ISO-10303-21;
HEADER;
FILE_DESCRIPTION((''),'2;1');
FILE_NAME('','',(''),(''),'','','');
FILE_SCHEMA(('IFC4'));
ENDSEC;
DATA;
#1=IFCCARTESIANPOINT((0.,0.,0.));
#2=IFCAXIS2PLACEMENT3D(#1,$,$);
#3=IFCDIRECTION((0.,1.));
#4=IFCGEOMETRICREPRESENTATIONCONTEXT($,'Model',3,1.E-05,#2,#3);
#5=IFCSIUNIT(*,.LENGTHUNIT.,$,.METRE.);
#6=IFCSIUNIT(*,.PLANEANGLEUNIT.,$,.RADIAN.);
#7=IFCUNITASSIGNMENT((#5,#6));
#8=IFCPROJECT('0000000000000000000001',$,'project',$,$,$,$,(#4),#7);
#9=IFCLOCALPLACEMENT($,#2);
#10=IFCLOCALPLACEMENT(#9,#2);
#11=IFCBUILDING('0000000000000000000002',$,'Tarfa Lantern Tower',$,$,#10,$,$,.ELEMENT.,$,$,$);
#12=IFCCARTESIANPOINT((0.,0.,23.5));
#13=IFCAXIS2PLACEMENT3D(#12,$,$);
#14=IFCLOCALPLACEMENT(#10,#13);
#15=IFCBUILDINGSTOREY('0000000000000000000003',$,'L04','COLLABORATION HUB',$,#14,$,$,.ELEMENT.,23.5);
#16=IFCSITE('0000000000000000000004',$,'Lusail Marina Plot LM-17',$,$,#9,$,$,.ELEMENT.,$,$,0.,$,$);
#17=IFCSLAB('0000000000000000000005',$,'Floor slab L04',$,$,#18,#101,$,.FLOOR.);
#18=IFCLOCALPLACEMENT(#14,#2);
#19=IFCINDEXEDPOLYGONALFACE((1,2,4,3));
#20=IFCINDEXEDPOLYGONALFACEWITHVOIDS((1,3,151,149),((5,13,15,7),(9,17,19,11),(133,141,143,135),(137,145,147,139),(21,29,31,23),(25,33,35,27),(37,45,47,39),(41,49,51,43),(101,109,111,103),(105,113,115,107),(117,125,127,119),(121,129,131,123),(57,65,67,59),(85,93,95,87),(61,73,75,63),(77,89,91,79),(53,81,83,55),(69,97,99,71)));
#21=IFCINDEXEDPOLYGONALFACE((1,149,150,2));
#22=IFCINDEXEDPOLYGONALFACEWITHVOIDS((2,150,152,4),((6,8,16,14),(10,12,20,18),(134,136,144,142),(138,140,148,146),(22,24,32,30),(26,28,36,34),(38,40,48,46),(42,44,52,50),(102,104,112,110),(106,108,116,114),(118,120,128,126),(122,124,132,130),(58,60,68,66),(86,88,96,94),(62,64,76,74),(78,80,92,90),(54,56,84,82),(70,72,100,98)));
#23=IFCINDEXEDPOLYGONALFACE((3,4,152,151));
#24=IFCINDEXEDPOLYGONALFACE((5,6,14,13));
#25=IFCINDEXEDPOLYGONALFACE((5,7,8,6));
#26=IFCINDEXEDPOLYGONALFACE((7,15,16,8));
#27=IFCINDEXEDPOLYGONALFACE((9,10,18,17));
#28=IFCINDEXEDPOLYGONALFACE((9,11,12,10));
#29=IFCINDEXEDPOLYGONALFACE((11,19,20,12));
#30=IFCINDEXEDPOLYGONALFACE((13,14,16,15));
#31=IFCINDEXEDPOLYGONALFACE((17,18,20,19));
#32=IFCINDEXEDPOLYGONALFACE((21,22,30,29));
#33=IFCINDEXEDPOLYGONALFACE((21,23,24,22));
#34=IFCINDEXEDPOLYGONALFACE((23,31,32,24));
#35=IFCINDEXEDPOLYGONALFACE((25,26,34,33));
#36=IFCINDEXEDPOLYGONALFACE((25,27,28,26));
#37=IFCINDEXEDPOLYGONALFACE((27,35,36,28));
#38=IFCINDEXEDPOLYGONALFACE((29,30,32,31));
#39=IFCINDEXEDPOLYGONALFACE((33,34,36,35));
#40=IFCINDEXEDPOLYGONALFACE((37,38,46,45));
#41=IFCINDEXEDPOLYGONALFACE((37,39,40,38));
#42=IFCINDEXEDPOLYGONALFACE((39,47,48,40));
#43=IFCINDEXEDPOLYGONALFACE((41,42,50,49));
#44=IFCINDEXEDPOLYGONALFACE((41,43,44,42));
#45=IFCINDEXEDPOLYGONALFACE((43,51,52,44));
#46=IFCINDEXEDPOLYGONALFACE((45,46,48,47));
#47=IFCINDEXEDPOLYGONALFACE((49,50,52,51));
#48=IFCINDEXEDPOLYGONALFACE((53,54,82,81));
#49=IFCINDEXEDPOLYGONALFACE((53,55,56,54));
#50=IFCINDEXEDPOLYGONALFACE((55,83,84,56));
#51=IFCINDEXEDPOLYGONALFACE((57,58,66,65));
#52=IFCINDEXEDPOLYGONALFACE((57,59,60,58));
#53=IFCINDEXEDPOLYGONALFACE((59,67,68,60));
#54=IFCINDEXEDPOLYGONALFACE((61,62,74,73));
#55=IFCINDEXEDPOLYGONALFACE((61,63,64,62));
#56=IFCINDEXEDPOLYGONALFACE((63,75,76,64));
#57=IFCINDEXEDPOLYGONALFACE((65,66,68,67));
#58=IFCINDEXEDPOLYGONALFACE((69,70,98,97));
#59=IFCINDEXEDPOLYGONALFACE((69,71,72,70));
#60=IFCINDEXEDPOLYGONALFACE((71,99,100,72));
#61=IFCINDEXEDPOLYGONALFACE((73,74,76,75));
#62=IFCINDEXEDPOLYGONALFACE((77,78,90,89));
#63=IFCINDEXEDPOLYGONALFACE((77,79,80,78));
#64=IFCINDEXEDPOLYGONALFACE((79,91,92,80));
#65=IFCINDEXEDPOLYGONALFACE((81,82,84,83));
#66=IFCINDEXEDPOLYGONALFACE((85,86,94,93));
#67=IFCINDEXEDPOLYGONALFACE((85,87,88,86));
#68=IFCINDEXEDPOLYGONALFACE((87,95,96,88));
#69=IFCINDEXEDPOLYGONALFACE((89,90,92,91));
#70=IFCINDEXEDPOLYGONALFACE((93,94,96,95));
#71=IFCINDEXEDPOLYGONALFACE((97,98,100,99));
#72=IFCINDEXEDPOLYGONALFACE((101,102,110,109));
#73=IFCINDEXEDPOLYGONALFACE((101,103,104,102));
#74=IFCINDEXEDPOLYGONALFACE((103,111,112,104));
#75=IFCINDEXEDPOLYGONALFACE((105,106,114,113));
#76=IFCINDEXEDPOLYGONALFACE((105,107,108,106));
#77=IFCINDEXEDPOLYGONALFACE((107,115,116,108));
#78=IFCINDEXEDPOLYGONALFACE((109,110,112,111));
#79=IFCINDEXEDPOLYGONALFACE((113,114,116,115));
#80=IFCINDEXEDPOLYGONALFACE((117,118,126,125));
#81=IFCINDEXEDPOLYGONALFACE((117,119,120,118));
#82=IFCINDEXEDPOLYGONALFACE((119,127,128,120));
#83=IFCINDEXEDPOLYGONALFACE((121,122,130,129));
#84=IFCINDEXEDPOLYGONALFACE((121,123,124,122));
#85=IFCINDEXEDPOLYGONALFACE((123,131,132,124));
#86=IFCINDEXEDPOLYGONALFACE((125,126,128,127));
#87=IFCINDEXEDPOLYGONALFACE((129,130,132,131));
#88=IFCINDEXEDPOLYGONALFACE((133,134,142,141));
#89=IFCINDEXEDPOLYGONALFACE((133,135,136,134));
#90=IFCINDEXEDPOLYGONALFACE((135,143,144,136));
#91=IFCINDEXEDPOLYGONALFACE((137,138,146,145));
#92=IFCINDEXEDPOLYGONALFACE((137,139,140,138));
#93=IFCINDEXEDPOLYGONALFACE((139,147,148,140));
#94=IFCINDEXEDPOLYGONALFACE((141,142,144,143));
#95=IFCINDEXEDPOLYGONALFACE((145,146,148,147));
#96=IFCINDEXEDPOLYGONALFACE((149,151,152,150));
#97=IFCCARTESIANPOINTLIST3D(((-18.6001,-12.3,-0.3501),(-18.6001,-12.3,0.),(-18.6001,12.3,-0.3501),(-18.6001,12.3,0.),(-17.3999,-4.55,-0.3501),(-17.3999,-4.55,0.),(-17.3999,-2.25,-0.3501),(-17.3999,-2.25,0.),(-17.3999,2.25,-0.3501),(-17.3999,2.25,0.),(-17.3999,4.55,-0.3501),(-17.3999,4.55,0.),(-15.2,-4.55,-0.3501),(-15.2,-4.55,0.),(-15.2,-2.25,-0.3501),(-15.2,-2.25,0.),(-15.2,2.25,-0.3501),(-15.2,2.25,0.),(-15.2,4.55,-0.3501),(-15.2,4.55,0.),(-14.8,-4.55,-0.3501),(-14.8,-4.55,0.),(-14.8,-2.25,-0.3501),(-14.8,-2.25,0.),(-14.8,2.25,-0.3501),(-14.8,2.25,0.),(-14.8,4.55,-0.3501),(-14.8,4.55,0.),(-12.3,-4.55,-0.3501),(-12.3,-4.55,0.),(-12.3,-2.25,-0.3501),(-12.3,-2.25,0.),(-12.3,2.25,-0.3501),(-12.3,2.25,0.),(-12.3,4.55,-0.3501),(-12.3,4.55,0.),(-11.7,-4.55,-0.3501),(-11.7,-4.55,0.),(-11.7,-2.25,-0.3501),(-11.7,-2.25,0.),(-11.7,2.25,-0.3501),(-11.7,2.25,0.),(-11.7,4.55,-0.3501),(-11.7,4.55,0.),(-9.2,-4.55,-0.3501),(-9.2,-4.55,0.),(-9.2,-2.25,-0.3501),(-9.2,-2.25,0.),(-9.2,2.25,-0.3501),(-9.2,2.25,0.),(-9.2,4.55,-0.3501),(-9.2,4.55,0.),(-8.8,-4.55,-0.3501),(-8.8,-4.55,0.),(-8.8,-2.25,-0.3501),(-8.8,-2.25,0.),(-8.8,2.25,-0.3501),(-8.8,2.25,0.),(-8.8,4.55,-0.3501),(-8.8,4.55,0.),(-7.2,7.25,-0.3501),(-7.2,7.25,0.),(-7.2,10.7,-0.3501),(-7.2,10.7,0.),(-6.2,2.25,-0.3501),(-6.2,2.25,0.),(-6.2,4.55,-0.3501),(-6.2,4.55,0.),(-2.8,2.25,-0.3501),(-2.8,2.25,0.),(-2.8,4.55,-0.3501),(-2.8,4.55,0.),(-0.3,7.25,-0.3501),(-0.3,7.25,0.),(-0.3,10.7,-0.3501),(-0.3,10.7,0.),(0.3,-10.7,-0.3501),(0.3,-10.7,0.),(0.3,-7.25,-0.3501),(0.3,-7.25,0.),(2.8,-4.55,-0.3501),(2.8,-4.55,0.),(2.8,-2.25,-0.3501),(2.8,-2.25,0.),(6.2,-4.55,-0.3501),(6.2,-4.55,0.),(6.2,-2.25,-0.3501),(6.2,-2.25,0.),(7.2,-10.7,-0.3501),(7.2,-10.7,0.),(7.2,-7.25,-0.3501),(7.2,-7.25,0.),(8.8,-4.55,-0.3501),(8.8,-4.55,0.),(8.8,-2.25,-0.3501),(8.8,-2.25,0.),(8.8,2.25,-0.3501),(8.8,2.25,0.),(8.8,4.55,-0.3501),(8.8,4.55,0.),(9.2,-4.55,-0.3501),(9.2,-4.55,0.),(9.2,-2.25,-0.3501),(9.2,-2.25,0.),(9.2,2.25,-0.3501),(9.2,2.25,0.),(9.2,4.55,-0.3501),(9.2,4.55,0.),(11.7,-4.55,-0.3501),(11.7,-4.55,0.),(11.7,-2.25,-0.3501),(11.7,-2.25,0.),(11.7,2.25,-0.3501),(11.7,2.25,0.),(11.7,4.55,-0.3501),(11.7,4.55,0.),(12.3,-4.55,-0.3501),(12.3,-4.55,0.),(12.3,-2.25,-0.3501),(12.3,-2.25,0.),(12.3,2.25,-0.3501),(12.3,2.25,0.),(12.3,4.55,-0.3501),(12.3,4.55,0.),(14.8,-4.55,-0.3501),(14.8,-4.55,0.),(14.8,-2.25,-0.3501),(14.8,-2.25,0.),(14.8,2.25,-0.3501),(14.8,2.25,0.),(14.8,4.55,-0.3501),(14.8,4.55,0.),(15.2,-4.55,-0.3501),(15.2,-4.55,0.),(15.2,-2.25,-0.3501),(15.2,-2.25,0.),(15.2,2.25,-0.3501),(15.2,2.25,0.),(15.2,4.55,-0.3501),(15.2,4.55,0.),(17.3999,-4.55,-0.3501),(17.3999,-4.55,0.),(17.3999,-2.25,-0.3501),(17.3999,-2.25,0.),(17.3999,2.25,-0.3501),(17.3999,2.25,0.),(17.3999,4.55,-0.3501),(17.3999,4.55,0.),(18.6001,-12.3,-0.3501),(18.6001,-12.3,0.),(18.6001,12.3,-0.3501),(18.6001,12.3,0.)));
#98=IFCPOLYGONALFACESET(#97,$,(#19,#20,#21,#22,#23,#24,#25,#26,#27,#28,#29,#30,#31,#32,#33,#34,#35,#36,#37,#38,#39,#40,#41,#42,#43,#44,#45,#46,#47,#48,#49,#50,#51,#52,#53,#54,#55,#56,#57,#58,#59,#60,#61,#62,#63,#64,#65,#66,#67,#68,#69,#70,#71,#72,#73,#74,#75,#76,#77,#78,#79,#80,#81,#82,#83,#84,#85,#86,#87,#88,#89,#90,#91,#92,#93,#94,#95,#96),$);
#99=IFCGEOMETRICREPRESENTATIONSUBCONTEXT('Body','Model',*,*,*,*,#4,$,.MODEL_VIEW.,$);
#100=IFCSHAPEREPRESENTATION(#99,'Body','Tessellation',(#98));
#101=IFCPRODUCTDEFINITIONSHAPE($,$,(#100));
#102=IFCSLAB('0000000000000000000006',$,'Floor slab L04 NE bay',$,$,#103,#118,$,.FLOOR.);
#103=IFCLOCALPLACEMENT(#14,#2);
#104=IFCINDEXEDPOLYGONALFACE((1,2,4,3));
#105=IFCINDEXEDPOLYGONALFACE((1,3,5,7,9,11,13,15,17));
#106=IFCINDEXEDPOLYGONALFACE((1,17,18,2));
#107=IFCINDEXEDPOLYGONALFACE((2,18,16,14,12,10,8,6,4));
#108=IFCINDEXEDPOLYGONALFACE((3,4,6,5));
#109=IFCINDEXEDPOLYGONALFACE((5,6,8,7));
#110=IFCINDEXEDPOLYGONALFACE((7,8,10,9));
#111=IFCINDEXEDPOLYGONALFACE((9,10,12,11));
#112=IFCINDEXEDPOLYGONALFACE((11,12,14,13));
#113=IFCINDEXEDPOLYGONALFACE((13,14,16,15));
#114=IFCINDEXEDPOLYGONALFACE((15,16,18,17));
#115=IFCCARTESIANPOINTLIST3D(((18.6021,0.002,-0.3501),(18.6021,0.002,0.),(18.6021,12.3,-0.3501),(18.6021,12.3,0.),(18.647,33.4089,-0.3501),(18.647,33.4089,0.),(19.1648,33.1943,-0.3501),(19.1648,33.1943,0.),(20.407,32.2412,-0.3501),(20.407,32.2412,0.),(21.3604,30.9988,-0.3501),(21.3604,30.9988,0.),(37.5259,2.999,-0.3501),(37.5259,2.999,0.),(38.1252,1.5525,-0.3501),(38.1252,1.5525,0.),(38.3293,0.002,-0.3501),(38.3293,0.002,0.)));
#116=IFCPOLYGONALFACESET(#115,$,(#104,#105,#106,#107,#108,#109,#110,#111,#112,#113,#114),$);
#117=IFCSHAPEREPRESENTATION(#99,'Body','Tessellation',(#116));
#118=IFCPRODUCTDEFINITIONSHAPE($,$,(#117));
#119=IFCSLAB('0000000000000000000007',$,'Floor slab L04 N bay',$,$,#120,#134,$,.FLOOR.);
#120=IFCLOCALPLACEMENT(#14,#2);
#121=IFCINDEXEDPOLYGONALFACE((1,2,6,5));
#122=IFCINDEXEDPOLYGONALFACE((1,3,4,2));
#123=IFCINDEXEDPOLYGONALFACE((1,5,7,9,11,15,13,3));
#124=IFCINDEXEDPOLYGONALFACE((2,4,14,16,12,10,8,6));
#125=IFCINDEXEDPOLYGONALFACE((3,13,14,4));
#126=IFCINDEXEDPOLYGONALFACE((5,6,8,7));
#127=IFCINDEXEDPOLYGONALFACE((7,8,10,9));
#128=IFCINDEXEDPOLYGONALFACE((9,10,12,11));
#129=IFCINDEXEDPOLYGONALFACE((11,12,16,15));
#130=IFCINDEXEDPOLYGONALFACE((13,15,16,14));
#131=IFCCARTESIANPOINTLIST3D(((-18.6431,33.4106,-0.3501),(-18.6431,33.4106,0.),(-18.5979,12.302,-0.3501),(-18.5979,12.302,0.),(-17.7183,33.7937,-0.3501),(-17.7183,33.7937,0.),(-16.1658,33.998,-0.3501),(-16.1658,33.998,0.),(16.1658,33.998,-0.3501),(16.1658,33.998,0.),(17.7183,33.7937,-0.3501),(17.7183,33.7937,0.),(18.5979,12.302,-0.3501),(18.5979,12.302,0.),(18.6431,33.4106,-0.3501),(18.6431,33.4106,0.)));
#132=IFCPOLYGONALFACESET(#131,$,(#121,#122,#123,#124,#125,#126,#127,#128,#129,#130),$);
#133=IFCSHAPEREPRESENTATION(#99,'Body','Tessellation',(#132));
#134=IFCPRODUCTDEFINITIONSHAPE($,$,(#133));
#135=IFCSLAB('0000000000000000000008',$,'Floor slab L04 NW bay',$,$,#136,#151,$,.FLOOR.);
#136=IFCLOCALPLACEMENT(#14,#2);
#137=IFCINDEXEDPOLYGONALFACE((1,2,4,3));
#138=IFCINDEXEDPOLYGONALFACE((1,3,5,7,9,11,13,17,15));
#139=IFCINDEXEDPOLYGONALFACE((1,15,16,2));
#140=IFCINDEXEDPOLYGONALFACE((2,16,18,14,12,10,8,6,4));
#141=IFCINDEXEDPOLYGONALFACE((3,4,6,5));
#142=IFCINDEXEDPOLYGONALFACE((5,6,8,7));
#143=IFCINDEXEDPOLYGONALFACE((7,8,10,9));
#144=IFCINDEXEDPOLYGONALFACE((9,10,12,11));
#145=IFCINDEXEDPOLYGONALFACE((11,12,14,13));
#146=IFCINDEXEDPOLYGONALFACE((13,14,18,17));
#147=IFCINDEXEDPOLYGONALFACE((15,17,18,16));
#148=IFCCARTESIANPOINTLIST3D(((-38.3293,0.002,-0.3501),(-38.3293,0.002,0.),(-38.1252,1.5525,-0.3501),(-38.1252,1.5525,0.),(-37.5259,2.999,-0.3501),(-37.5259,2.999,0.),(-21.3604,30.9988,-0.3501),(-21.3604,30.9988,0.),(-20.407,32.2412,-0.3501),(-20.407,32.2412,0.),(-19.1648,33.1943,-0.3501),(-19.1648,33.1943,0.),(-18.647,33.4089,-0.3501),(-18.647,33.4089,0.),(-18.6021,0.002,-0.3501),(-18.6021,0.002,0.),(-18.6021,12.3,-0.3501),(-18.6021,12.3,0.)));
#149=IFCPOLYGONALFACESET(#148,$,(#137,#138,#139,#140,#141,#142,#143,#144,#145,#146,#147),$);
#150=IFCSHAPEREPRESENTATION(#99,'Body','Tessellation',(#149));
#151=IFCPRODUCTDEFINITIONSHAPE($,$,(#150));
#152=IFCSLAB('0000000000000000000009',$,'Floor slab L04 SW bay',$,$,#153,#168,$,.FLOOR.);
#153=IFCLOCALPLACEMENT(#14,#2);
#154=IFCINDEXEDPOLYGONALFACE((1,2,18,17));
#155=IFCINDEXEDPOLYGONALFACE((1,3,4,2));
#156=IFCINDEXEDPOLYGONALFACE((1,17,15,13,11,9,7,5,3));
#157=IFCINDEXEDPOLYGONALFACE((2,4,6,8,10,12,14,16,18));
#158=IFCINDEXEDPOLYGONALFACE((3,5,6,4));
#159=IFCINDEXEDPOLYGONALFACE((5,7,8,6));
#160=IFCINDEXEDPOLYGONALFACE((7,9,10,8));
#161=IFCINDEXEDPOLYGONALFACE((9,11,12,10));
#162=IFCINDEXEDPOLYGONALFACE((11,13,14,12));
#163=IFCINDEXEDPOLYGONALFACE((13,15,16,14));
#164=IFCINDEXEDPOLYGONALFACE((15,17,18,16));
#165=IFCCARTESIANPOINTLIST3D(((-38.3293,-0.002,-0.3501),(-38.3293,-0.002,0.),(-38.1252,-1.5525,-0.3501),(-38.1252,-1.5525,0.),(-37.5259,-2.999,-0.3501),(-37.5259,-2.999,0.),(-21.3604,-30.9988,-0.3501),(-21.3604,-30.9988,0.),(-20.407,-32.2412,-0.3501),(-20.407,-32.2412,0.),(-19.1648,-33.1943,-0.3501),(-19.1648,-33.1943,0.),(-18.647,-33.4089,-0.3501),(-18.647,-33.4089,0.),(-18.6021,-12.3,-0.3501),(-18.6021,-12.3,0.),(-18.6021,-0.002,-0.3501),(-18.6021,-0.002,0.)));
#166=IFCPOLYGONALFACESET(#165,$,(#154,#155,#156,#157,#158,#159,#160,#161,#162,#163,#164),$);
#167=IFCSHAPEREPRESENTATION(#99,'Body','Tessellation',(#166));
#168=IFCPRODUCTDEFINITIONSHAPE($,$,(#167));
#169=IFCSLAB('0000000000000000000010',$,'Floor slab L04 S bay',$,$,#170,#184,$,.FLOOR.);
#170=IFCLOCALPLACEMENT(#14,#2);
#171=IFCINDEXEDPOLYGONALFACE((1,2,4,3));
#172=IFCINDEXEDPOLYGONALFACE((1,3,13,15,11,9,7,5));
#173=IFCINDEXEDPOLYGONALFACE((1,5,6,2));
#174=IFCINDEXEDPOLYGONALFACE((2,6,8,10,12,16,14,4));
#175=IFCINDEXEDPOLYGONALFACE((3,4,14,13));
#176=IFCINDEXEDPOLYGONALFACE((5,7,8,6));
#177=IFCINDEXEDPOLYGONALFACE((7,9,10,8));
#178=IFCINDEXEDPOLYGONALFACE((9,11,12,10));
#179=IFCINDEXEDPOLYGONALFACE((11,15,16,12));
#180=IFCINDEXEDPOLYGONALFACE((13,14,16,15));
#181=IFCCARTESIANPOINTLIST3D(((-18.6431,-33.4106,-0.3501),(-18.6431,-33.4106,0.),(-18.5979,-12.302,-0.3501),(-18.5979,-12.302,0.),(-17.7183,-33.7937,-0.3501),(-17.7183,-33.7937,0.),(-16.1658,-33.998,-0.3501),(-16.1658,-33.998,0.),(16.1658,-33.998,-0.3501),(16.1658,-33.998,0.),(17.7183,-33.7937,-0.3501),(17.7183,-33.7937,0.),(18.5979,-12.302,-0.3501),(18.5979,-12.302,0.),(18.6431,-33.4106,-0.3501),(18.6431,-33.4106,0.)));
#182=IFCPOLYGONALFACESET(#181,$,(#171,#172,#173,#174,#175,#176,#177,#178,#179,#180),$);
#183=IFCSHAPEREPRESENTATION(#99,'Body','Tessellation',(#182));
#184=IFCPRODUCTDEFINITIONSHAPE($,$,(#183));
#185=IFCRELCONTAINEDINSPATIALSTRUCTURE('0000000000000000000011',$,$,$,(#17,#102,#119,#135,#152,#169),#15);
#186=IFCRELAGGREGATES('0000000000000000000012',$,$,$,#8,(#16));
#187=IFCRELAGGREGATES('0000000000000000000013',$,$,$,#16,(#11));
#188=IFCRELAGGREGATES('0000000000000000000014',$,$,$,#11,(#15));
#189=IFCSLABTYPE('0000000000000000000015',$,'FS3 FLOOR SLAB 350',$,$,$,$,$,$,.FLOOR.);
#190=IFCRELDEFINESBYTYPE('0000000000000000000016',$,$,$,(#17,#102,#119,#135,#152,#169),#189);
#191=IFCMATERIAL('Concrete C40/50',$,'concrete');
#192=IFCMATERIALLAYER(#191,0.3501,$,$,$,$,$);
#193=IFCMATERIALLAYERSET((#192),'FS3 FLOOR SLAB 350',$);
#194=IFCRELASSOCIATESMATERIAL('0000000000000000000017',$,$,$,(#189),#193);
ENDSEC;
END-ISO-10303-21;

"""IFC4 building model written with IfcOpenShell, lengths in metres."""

from ifc_helpers import new_model, si_unit, direction, frame, origin, place, context, subcontext, project, spatial, polyline, outline, extrude, material, layer, layer_set, type_object, element, save


model = new_model("IFC4")

# Units and contexts
model_context = context("Model", 3, precision=1e-05, world=origin(), true_north=direction((0.0, 1.0)))
body_context = subcontext(model_context, "Body", "Model", "MODEL_VIEW")
ifc_project = project(units=[si_unit("LENGTHUNIT", "METRE"), si_unit("PLANEANGLEUNIT", "RADIAN")], contexts=[model_context])

# Site, building, storey
site_placement = place(None, origin())
site = spatial("IfcSite", under=ifc_project, at=site_placement, Name="Lusail Marina Plot LM-17", CompositionType="ELEMENT", RefElevation=0.0)
building_placement = place(site_placement, origin())
building = spatial("IfcBuilding", under=site, at=building_placement, Name="Tarfa Lantern Tower", CompositionType="ELEMENT")
storey_placement = place(building_placement, frame((0.0, 0.0, 23.5)))
storey = spatial("IfcBuildingStorey", under=building, at=storey_placement, Name="L04", Description="COLLABORATION HUB", CompositionType="ELEMENT", Elevation=23.5)

# Slabs
ifc_material_1 = material(Name="Concrete C40/50", Category="concrete")
ifc_layer_1 = layer(ifc_material_1, 0.3501)
ifc_layer_set_1 = layer_set([ifc_layer_1], Name="FS3 FLOOR SLAB 350")
slab_type_1 = type_object("IfcSlabType", Name="FS3 FLOOR SLAB 350", PredefinedType="FLOOR", material=ifc_layer_set_1)
slab_1_placement = place(storey_placement, frame((0.0, 0.0, -0.3501)))
element("IfcSlab", 1, at=slab_1_placement, inside=storey, type_object=slab_type_1, Name="Floor slab L04", PredefinedType="FLOOR", context=body_context, shape_type="SweptSolid", body=[
    extrude(outline(polyline([(-18.6001, -12.3), (18.6001, -12.3), (18.6001, 12.3), (-18.6001, 12.3), (-18.6001, -12.3)]), holes=[polyline([(-17.3999, 2.25), (-15.2, 2.25), (-15.2, 4.55), (-17.3999, 4.55), (-17.3999, 2.25)]), polyline([(-14.8, 2.25), (-12.3, 2.25), (-12.3, 4.55), (-14.8, 4.55), (-14.8, 2.25)]), polyline([(-11.7, 2.25), (-9.2, 2.25), (-9.2, 4.55), (-11.7, 4.55), (-11.7, 2.25)]), polyline([(-8.8, 2.25), (-6.2, 2.25), (-6.2, 4.55), (-8.8, 4.55), (-8.8, 2.25)]), polyline([(-2.8, 2.25), (8.8, 2.25), (8.8, 4.55), (-2.8, 4.55), (-2.8, 2.25)]), polyline([(9.2, 2.25), (11.7, 2.25), (11.7, 4.55), (9.2, 4.55), (9.2, 2.25)]), polyline([(12.3, 2.25), (14.8, 2.25), (14.8, 4.55), (12.3, 4.55), (12.3, 2.25)]), polyline([(15.2, 2.25), (17.3999, 2.25), (17.3999, 4.55), (15.2, 4.55), (15.2, 2.25)]), polyline([(17.3999, -2.25), (15.2, -2.25), (15.2, -4.55), (17.3999, -4.55), (17.3999, -2.25)]), polyline([(14.8, -2.25), (12.3, -2.25), (12.3, -4.55), (14.8, -4.55), (14.8, -2.25)]), polyline([(11.7, -2.25), (9.2, -2.25), (9.2, -4.55), (11.7, -4.55), (11.7, -2.25)]), polyline([(8.8, -2.25), (6.2, -2.25), (6.2, -4.55), (8.8, -4.55), (8.8, -2.25)]), polyline([(2.8, -2.25), (-8.8, -2.25), (-8.8, -4.55), (2.8, -4.55), (2.8, -2.25)]), polyline([(-9.2, -2.25), (-11.7, -2.25), (-11.7, -4.55), (-9.2, -4.55), (-9.2, -2.25)]), polyline([(-12.3, -2.25), (-14.8, -2.25), (-14.8, -4.55), (-12.3, -4.55), (-12.3, -2.25)]), polyline([(-15.2, -2.25), (-17.3999, -2.25), (-17.3999, -4.55), (-15.2, -4.55), (-15.2, -2.25)]), polyline([(-7.2, 7.25), (-0.3, 7.25), (-0.3, 10.7), (-7.2, 10.7), (-7.2, 7.25)]), polyline([(7.2, -7.25), (0.3, -7.25), (0.3, -10.7), (7.2, -10.7), (7.2, -7.25)])]), origin(), (0.0, 0.0, 1.0), 0.3501),
])
slab_2_placement = place(storey_placement, frame((0.0, 0.0, -0.3501)))
element("IfcSlab", 2, at=slab_2_placement, inside=storey, type_object=slab_type_1, Name="Floor slab L04 NE bay", PredefinedType="FLOOR", context=body_context, shape_type="SweptSolid", body=[
    extrude(outline(polyline([(37.5259, 2.999), (21.3604, 30.9988), (20.407, 32.2412), (19.1648, 33.1943), (18.647, 33.4089), (18.6021, 12.3), (18.6021, 0.002), (38.3293, 0.002), (38.1252, 1.5525), (37.5259, 2.999)])), origin(), (0.0, 0.0, 1.0), 0.3501),
])
slab_3_placement = place(storey_placement, frame((0.0, 0.0, -0.3501)))
element("IfcSlab", 3, at=slab_3_placement, inside=storey, type_object=slab_type_1, Name="Floor slab L04 N bay", PredefinedType="FLOOR", context=body_context, shape_type="SweptSolid", body=[
    extrude(outline(polyline([(-18.5979, 12.302), (18.5979, 12.302), (18.6431, 33.4106), (17.7183, 33.7937), (16.1658, 33.998), (-16.1658, 33.998), (-17.7183, 33.7937), (-18.6431, 33.4106), (-18.5979, 12.302)])), origin(), (0.0, 0.0, 1.0), 0.3501),
])
slab_4_placement = place(storey_placement, frame((0.0, 0.0, -0.3501)))
element("IfcSlab", 4, at=slab_4_placement, inside=storey, type_object=slab_type_1, Name="Floor slab L04 NW bay", PredefinedType="FLOOR", context=body_context, shape_type="SweptSolid", body=[
    extrude(outline(polyline([(-18.6021, 0.002), (-18.6021, 12.3), (-18.647, 33.4089), (-19.1648, 33.1943), (-20.407, 32.2412), (-21.3604, 30.9988), (-37.5259, 2.999), (-38.1252, 1.5525), (-38.3293, 0.002), (-18.6021, 0.002)])), origin(), (0.0, 0.0, 1.0), 0.3501),
])
slab_5_placement = place(storey_placement, frame((0.0, 0.0, -0.3501)))
element("IfcSlab", 5, at=slab_5_placement, inside=storey, type_object=slab_type_1, Name="Floor slab L04 SW bay", PredefinedType="FLOOR", context=body_context, shape_type="SweptSolid", body=[
    extrude(outline(polyline([(-18.6021, -12.3), (-18.6021, -0.002), (-38.3293, -0.002), (-38.1252, -1.5525), (-37.5259, -2.999), (-21.3604, -30.9988), (-20.407, -32.2412), (-19.1648, -33.1943), (-18.647, -33.4089), (-18.6021, -12.3)])), origin(), (0.0, 0.0, 1.0), 0.3501),
])
slab_6_placement = place(storey_placement, frame((0.0, 0.0, -0.3501)))
element("IfcSlab", 6, at=slab_6_placement, inside=storey, type_object=slab_type_1, Name="Floor slab L04 S bay", PredefinedType="FLOOR", context=body_context, shape_type="SweptSolid", body=[
    extrude(outline(polyline([(18.5979, -12.302), (-18.5979, -12.302), (-18.6431, -33.4106), (-17.7183, -33.7937), (-16.1658, -33.998), (16.1658, -33.998), (17.7183, -33.7937), (18.6431, -33.4106), (18.5979, -12.302)])), origin(), (0.0, 0.0, 1.0), 0.3501),
])

save(model, "model.ifc")
